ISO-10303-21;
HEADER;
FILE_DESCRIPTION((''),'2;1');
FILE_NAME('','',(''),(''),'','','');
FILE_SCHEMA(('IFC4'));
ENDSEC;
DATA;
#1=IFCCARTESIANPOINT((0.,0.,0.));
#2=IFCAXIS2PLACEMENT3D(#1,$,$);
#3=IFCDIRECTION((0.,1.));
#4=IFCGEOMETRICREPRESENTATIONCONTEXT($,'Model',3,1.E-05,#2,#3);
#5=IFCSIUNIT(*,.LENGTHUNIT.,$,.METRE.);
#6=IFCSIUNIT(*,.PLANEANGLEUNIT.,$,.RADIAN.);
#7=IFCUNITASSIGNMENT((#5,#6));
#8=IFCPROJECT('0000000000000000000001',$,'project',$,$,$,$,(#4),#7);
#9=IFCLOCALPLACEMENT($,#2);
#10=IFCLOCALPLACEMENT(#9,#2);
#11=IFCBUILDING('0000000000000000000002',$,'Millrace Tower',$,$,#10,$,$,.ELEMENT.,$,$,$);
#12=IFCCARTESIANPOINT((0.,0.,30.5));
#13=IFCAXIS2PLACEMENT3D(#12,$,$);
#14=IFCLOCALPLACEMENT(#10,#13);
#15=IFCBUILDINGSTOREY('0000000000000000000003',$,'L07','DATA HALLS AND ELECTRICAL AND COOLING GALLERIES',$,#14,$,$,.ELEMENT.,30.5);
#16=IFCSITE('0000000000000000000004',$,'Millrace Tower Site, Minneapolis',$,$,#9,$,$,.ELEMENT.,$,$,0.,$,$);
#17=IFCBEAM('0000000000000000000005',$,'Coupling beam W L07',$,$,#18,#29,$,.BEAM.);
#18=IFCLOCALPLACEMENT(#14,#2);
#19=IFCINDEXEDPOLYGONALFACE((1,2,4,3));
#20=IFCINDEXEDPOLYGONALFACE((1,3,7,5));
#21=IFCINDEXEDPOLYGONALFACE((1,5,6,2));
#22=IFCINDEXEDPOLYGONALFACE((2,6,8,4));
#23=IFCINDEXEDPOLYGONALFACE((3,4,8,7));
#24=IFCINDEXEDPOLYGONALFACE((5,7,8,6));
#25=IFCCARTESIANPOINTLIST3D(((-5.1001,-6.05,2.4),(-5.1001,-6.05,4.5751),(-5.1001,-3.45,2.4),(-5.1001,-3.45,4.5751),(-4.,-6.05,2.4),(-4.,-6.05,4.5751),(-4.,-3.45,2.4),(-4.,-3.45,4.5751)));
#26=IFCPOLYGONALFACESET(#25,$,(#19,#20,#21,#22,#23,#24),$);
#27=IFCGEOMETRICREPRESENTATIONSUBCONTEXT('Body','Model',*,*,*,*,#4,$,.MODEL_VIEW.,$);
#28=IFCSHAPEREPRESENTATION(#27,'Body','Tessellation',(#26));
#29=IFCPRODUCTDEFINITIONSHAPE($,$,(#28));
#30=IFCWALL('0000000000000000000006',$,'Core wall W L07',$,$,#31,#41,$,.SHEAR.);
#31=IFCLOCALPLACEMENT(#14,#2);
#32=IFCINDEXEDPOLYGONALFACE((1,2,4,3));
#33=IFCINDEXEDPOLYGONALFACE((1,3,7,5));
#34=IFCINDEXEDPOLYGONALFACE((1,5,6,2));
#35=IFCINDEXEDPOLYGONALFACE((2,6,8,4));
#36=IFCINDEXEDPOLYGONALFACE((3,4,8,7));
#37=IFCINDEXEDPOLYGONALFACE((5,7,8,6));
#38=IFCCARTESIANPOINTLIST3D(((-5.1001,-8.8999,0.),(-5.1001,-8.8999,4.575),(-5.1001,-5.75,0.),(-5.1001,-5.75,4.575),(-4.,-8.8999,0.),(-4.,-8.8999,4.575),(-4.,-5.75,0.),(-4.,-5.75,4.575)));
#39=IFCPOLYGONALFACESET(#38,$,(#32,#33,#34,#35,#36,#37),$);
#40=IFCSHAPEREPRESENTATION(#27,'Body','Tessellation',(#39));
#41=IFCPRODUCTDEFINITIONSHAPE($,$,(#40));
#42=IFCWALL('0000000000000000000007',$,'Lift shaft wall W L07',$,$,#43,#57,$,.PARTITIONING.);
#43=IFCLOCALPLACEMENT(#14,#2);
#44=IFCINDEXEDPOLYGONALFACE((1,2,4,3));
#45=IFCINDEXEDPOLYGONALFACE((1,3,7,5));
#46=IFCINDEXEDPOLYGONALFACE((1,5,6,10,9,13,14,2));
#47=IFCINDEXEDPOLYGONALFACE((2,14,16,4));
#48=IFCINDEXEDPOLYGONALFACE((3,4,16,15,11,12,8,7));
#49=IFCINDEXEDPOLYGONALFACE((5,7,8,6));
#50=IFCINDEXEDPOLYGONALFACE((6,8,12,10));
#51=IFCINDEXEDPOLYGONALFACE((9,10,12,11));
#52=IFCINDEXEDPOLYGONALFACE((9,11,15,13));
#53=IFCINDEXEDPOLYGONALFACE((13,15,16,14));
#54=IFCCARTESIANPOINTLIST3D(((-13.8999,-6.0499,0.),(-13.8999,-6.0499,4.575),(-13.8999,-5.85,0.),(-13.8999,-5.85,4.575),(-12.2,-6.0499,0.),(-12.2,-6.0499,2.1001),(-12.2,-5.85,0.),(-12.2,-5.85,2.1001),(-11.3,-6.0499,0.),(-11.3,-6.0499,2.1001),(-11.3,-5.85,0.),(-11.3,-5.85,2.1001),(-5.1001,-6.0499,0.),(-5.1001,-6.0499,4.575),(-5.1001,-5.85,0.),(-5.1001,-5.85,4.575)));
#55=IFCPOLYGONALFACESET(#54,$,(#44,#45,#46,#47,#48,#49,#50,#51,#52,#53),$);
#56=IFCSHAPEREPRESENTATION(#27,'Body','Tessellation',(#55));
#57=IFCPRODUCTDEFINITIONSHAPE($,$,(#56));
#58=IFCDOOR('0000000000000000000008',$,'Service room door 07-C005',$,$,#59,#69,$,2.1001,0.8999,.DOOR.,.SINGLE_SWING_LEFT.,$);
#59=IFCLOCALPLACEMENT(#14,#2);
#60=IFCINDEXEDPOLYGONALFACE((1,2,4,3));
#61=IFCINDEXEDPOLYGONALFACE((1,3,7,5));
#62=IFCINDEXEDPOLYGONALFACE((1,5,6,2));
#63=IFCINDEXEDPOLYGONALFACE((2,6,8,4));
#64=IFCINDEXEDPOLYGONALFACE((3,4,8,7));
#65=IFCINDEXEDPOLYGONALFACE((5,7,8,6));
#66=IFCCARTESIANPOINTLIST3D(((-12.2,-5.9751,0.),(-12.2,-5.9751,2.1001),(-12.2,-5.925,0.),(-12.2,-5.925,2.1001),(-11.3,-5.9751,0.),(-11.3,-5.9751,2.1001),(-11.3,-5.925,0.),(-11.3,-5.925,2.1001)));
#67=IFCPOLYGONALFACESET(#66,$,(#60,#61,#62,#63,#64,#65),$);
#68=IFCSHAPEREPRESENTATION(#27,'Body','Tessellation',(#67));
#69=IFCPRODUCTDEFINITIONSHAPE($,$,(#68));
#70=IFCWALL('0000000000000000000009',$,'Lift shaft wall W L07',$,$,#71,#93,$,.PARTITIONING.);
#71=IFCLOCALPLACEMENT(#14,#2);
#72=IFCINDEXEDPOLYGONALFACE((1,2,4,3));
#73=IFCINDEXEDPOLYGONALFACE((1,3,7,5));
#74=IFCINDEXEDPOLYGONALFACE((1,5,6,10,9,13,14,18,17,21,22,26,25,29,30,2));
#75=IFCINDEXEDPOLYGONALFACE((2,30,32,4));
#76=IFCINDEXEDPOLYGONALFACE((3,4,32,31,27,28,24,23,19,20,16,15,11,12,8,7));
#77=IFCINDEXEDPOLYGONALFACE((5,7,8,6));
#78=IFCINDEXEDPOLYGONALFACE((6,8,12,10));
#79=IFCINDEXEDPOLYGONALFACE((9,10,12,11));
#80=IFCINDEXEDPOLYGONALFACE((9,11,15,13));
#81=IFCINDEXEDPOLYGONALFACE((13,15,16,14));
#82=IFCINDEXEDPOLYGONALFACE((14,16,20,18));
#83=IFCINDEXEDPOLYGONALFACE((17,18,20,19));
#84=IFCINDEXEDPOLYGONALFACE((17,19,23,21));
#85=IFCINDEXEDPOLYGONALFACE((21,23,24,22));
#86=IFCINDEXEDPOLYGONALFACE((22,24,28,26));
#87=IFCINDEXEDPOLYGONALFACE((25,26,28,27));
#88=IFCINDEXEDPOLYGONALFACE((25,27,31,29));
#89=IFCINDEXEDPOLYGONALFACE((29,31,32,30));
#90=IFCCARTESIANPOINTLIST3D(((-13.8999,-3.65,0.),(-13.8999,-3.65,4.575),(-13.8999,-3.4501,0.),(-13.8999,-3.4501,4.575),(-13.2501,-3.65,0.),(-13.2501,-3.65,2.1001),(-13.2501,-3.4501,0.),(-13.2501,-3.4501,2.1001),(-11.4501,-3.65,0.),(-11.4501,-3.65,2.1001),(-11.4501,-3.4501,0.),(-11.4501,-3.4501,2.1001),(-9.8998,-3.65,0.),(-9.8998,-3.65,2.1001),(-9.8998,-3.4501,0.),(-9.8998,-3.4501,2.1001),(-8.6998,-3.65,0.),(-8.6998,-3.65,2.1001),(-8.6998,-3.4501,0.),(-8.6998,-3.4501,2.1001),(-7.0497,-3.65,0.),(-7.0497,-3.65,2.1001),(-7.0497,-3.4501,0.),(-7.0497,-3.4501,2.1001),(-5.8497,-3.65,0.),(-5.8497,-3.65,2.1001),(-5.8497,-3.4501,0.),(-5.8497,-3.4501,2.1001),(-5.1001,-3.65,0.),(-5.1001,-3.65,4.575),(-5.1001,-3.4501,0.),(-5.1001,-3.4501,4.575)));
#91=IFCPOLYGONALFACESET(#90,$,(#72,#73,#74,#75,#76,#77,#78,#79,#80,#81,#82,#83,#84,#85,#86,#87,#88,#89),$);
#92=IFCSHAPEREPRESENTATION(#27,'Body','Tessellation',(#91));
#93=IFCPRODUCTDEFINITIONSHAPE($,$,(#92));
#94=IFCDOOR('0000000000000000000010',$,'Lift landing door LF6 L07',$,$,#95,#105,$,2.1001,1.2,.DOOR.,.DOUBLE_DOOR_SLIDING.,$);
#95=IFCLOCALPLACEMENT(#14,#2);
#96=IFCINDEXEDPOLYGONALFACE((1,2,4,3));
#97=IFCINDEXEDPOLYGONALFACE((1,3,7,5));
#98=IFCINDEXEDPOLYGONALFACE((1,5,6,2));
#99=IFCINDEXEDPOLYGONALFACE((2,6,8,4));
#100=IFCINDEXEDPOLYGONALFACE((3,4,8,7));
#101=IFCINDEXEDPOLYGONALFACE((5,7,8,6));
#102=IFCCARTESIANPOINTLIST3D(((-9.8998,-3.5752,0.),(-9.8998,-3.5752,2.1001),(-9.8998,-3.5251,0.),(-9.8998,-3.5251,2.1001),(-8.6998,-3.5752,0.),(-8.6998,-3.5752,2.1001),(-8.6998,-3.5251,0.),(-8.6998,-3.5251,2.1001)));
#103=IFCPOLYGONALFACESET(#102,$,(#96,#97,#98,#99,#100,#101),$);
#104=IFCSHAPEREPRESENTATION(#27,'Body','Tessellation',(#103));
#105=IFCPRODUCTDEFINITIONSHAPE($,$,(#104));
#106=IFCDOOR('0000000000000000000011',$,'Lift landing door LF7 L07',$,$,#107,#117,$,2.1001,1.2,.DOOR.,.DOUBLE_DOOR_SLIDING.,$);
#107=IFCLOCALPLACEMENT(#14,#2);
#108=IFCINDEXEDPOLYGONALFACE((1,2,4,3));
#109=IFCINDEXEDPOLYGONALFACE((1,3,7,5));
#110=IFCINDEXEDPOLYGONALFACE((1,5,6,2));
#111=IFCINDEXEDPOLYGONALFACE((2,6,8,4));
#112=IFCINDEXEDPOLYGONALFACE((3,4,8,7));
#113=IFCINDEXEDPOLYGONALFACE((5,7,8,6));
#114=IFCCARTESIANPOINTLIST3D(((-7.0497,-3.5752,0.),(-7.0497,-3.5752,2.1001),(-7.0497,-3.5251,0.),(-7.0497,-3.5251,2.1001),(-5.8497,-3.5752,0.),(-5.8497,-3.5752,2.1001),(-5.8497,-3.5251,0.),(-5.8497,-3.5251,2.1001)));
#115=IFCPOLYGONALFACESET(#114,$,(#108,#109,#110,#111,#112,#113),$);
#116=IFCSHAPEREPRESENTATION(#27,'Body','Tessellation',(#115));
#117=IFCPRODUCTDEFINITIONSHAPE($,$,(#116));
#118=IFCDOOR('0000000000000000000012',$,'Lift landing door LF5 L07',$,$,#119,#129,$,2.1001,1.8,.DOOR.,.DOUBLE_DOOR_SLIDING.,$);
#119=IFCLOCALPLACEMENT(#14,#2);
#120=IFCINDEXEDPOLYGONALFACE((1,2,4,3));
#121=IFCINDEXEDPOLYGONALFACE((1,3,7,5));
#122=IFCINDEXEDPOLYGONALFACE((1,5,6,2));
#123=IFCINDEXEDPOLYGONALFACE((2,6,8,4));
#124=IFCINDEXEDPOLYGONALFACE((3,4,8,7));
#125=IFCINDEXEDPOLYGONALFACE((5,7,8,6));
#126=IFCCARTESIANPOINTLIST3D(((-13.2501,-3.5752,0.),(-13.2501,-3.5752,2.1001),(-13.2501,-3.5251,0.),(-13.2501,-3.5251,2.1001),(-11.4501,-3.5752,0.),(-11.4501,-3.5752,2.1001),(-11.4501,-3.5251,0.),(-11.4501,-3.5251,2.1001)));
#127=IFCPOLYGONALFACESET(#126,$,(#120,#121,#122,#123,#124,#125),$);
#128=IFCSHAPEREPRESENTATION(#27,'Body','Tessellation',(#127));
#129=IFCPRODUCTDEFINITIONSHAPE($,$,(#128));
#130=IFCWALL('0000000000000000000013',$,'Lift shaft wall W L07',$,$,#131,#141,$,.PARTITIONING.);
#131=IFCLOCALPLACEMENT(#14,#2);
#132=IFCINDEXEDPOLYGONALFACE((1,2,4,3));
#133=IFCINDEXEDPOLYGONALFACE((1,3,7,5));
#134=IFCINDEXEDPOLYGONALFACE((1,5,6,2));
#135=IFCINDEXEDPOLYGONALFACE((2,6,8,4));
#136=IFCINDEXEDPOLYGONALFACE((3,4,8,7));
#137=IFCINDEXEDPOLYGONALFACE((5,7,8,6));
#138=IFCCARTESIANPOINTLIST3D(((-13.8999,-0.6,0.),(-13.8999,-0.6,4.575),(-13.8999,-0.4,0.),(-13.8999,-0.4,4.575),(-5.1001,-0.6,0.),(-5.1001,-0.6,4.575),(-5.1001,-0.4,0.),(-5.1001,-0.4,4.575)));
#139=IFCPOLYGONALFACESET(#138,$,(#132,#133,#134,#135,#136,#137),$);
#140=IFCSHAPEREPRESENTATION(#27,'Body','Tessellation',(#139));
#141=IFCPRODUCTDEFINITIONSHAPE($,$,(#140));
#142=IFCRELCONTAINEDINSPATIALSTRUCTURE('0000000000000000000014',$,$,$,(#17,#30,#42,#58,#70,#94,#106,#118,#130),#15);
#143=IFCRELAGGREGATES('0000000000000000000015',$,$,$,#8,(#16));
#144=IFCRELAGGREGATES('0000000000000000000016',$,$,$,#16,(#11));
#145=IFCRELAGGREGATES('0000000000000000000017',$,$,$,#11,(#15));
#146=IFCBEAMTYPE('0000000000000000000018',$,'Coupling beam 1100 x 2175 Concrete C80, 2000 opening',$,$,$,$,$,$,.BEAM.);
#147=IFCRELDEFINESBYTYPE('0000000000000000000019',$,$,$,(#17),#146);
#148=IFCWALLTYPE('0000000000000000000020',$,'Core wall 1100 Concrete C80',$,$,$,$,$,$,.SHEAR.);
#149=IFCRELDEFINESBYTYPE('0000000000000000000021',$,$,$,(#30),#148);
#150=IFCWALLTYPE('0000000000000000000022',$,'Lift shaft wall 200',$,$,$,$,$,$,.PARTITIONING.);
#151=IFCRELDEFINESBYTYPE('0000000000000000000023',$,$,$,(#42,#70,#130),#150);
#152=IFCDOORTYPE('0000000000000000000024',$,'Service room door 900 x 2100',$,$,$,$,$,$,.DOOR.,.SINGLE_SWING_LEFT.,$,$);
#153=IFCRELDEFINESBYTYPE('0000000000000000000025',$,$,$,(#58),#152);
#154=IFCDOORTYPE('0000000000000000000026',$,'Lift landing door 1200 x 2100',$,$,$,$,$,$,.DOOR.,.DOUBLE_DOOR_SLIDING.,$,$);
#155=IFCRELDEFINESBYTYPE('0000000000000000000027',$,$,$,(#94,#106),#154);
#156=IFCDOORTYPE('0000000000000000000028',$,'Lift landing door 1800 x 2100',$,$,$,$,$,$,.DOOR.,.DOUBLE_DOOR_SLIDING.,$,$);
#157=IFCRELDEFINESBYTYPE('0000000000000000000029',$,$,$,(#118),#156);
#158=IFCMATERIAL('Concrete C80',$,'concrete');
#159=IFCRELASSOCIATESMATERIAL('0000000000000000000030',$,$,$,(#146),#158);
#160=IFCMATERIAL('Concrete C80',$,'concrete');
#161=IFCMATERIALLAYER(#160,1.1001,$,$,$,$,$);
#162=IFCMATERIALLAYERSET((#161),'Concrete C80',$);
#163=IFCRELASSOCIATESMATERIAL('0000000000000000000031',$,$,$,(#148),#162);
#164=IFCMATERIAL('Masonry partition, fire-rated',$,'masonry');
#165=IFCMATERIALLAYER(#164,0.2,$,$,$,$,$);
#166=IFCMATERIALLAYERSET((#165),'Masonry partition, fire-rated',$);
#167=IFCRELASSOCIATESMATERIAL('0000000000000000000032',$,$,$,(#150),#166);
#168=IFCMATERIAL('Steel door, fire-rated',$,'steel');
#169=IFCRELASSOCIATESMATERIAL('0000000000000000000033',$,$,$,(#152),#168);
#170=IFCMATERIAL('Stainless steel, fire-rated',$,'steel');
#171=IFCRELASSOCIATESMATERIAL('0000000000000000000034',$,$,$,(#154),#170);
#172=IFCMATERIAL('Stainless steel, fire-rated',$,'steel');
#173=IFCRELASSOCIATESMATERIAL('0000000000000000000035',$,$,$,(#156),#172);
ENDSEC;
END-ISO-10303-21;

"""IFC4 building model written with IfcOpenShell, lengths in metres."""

from ifc_helpers import new_model, si_unit, direction, frame, frame_2d, origin, origin_2d, place, context, subcontext, project, spatial, rectangle, extrude, material, layer, layer_set, material_profile, profile_set, type_object, element, fill, save


model = new_model("IFC4")

# Units and contexts
model_context = context("Model", 3, precision=1e-05, world=origin(), true_north=direction((0.0, 1.0)))
body_context = subcontext(model_context, "Body", "Model", "MODEL_VIEW")
ifc_project = project(units=[si_unit("LENGTHUNIT", "METRE"), si_unit("PLANEANGLEUNIT", "RADIAN")], contexts=[model_context])

# Site, building, storey
site_placement = place(None, origin())
site = spatial("IfcSite", under=ifc_project, at=site_placement, Name="Millrace Tower Site, Minneapolis", CompositionType="ELEMENT", RefElevation=0.0)
building_placement = place(site_placement, origin())
building = spatial("IfcBuilding", under=site, at=building_placement, Name="Millrace Tower", CompositionType="ELEMENT")
storey_placement = place(building_placement, frame((0.0, 0.0, 30.5)))
storey = spatial("IfcBuildingStorey", under=building, at=storey_placement, Name="L07", Description="DATA HALLS AND ELECTRICAL AND COOLING GALLERIES", CompositionType="ELEMENT", Elevation=30.5)

# Beam
ifc_material_1 = material(Name="Concrete C80", Category="concrete")
ifc_material_profile = material_profile(ifc_material_1, rectangle(XDim=1.1001, YDim=2.175, at=origin_2d()))
ifc_profile_set = profile_set([ifc_material_profile], Name="Concrete C80")
beam_type = type_object("IfcBeamType", Name="Coupling beam 1100 x 2175 Concrete C80, 2000 opening", PredefinedType="BEAM", material=ifc_profile_set)
beam_placement = place(storey_placement, frame((-4.55, -6.05, 3.4875), z_axis=(0.0, 1.0, 0.0), x_axis=(-1.0, 0.0, 0.0)))
element("IfcBeam", 1, at=beam_placement, inside=storey, type_object=beam_type, Name="Coupling beam W L07", PredefinedType="BEAM", context=body_context, shape_type="SweptSolid", body=[
    extrude(rectangle(XDim=1.1001, YDim=2.175, at=origin_2d()), origin(), (0.0, 0.0, 1.0), 2.6001),
])

# Wall
ifc_material_2 = material(Name="Concrete C80", Category="concrete")
ifc_layer_1 = layer(ifc_material_2, 1.1001)
ifc_layer_set_1 = layer_set([ifc_layer_1], Name="Concrete C80")
wall_type_1 = type_object("IfcWallType", Name="Core wall 1100 Concrete C80", PredefinedType="SHEAR", material=ifc_layer_set_1)
wall_1_placement = place(storey_placement, frame((-4.55, -8.8999, 0.0), z_axis=(0.0, 0.0, 1.0), x_axis=(0.0, 1.0, 0.0)))
element("IfcWall", 2, at=wall_1_placement, inside=storey, type_object=wall_type_1, Name="Core wall W L07", PredefinedType="SHEAR", context=body_context, shape_type="SweptSolid", body=[
    extrude(rectangle(XDim=3.1499, YDim=1.1001, at=frame_2d((1.575, 0.0))), origin(), (0.0, 0.0, 1.0), 4.575),
])

# Wall, opening, door
ifc_material_3 = material(Name="Masonry partition, fire-rated", Category="masonry")
ifc_layer_2 = layer(ifc_material_3, 0.2)
ifc_layer_set_2 = layer_set([ifc_layer_2], Name="Masonry partition, fire-rated")
wall_type_2 = type_object("IfcWallType", Name="Lift shaft wall 200", PredefinedType="PARTITIONING", material=ifc_layer_set_2)
wall_2_placement = place(storey_placement, frame((-13.8999, -5.95, 0.0), z_axis=(0.0, 0.0, 1.0), x_axis=(1.0, 0.0, 0.0)))
wall_2 = element("IfcWall", 3, at=wall_2_placement, inside=storey, type_object=wall_type_2, Name="Lift shaft wall W L07", PredefinedType="PARTITIONING", context=body_context, shape_type="SweptSolid", body=[
    extrude(rectangle(XDim=8.7998, YDim=0.2, at=frame_2d((4.3999, 0.0))), origin(), (0.0, 0.0, 1.0), 4.575),
])
opening_1_placement = place(wall_2_placement, frame((1.7, 0.0, 0.0)))
opening_1 = element("IfcOpeningElement", 4, at=opening_1_placement, cuts=wall_2, PredefinedType="OPENING", context=body_context, shape_type="SweptSolid", body=[
    extrude(rectangle(XDim=0.8999, YDim=2.1001, at=frame_2d((0.45, 1.05))), frame((0.0, 0.1099, 0.0), z_axis=(0.0, -1.0, 0.0), x_axis=(1.0, 0.0, 0.0)), (0.0, 0.0, 1.0), 0.22),
])
ifc_material_4 = material(Name="Steel door, fire-rated", Category="steel")
door_type_1 = type_object("IfcDoorType", Name="Service room door 900 x 2100", OperationType="SINGLE_SWING_LEFT", PredefinedType="DOOR", material=ifc_material_4)
door_1_placement = place(opening_1_placement, origin())
door_1 = element("IfcDoor", 5, at=door_1_placement, inside=storey, type_object=door_type_1, Name="Service room door 07-C005", OperationType="SINGLE_SWING_LEFT", OverallHeight=2.1001, OverallWidth=0.8999, PredefinedType="DOOR", context=body_context, shape_type="SweptSolid", body=[
    extrude(rectangle(XDim=0.8999, YDim=2.1001, at=frame_2d((0.45, 1.05))), frame((0.0, 0.0249, 0.0), z_axis=(0.0, -1.0, 0.0), x_axis=(1.0, 0.0, 0.0)), (0.0, 0.0, 1.0), 0.05),
])
fill(opening_1, door_1)

# Wall, openings, doors
wall_3_placement = place(storey_placement, frame((-13.8999, -3.55, 0.0), z_axis=(0.0, 0.0, 1.0), x_axis=(1.0, 0.0, 0.0)))
wall_3 = element("IfcWall", 6, at=wall_3_placement, inside=storey, type_object=wall_type_2, Name="Lift shaft wall W L07", PredefinedType="PARTITIONING", context=body_context, shape_type="SweptSolid", body=[
    extrude(rectangle(XDim=8.7998, YDim=0.2, at=frame_2d((4.3999, 0.0))), origin(), (0.0, 0.0, 1.0), 4.575),
])
opening_2_placement = place(wall_3_placement, frame((0.6499, 0.0, 0.0)))
opening_2 = element("IfcOpeningElement", 7, at=opening_2_placement, cuts=wall_3, PredefinedType="OPENING", context=body_context, shape_type="SweptSolid", body=[
    extrude(rectangle(XDim=1.8, YDim=2.1001, at=frame_2d((0.8999, 1.05))), frame((0.0, 0.1099, 0.0), z_axis=(0.0, -1.0, 0.0), x_axis=(1.0, 0.0, 0.0)), (0.0, 0.0, 1.0), 0.22),
])
opening_3_placement = place(wall_3_placement, frame((4.0, 0.0, 0.0)))
opening_3 = element("IfcOpeningElement", 8, at=opening_3_placement, cuts=wall_3, PredefinedType="OPENING", context=body_context, shape_type="SweptSolid", body=[
    extrude(rectangle(XDim=1.2, YDim=2.1001, at=frame_2d((0.6001, 1.05))), frame((0.0, 0.1099, 0.0), z_axis=(0.0, -1.0, 0.0), x_axis=(1.0, 0.0, 0.0)), (0.0, 0.0, 1.0), 0.22),
])
opening_4_placement = place(wall_3_placement, frame((6.8501, 0.0, 0.0)))
opening_4 = element("IfcOpeningElement", 9, at=opening_4_placement, cuts=wall_3, PredefinedType="OPENING", context=body_context, shape_type="SweptSolid", body=[
    extrude(rectangle(XDim=1.2, YDim=2.1001, at=frame_2d((0.6001, 1.05))), frame((0.0, 0.1099, 0.0), z_axis=(0.0, -1.0, 0.0), x_axis=(1.0, 0.0, 0.0)), (0.0, 0.0, 1.0), 0.22),
])
ifc_material_5 = material(Name="Stainless steel, fire-rated", Category="steel")
door_type_2 = type_object("IfcDoorType", Name="Lift landing door 1200 x 2100", OperationType="DOUBLE_DOOR_SLIDING", PredefinedType="DOOR", material=ifc_material_5)
door_2_placement = place(opening_3_placement, origin())
door_2 = element("IfcDoor", 10, at=door_2_placement, inside=storey, type_object=door_type_2, Name="Lift landing door LF6 L07", OperationType="DOUBLE_DOOR_SLIDING", OverallHeight=2.1001, OverallWidth=1.2, PredefinedType="DOOR", context=body_context, shape_type="SweptSolid", body=[
    extrude(rectangle(XDim=1.2, YDim=2.1001, at=frame_2d((0.6001, 1.05))), frame((0.0, 0.0249, 0.0), z_axis=(0.0, -1.0, 0.0), x_axis=(1.0, 0.0, 0.0)), (0.0, 0.0, 1.0), 0.05),
])
fill(opening_3, door_2)
door_3_placement = place(opening_4_placement, origin())
door_3 = element("IfcDoor", 11, at=door_3_placement, inside=storey, type_object=door_type_2, Name="Lift landing door LF7 L07", OperationType="DOUBLE_DOOR_SLIDING", OverallHeight=2.1001, OverallWidth=1.2, PredefinedType="DOOR", context=body_context, shape_type="SweptSolid", body=[
    extrude(rectangle(XDim=1.2, YDim=2.1001, at=frame_2d((0.6001, 1.05))), frame((0.0, 0.0249, 0.0), z_axis=(0.0, -1.0, 0.0), x_axis=(1.0, 0.0, 0.0)), (0.0, 0.0, 1.0), 0.05),
])
fill(opening_4, door_3)
ifc_material_6 = material(Name="Stainless steel, fire-rated", Category="steel")
door_type_3 = type_object("IfcDoorType", Name="Lift landing door 1800 x 2100", OperationType="DOUBLE_DOOR_SLIDING", PredefinedType="DOOR", material=ifc_material_6)
door_4_placement = place(opening_2_placement, origin())
door_4 = element("IfcDoor", 12, at=door_4_placement, inside=storey, type_object=door_type_3, Name="Lift landing door LF5 L07", OperationType="DOUBLE_DOOR_SLIDING", OverallHeight=2.1001, OverallWidth=1.8, PredefinedType="DOOR", context=body_context, shape_type="SweptSolid", body=[
    extrude(rectangle(XDim=1.8, YDim=2.1001, at=frame_2d((0.8999, 1.05))), frame((0.0, 0.0249, 0.0), z_axis=(0.0, -1.0, 0.0), x_axis=(1.0, 0.0, 0.0)), (0.0, 0.0, 1.0), 0.05),
])
fill(opening_2, door_4)

# Wall
wall_4_placement = place(storey_placement, frame((-13.8999, -0.5, 0.0), z_axis=(0.0, 0.0, 1.0), x_axis=(1.0, 0.0, 0.0)))
element("IfcWall", 13, at=wall_4_placement, inside=storey, type_object=wall_type_2, Name="Lift shaft wall W L07", PredefinedType="PARTITIONING", context=body_context, shape_type="SweptSolid", body=[
    extrude(rectangle(XDim=8.7998, YDim=0.2, at=frame_2d((4.3999, 0.0))), origin(), (0.0, 0.0, 1.0), 4.575),
])

save(model, "model.ifc")
